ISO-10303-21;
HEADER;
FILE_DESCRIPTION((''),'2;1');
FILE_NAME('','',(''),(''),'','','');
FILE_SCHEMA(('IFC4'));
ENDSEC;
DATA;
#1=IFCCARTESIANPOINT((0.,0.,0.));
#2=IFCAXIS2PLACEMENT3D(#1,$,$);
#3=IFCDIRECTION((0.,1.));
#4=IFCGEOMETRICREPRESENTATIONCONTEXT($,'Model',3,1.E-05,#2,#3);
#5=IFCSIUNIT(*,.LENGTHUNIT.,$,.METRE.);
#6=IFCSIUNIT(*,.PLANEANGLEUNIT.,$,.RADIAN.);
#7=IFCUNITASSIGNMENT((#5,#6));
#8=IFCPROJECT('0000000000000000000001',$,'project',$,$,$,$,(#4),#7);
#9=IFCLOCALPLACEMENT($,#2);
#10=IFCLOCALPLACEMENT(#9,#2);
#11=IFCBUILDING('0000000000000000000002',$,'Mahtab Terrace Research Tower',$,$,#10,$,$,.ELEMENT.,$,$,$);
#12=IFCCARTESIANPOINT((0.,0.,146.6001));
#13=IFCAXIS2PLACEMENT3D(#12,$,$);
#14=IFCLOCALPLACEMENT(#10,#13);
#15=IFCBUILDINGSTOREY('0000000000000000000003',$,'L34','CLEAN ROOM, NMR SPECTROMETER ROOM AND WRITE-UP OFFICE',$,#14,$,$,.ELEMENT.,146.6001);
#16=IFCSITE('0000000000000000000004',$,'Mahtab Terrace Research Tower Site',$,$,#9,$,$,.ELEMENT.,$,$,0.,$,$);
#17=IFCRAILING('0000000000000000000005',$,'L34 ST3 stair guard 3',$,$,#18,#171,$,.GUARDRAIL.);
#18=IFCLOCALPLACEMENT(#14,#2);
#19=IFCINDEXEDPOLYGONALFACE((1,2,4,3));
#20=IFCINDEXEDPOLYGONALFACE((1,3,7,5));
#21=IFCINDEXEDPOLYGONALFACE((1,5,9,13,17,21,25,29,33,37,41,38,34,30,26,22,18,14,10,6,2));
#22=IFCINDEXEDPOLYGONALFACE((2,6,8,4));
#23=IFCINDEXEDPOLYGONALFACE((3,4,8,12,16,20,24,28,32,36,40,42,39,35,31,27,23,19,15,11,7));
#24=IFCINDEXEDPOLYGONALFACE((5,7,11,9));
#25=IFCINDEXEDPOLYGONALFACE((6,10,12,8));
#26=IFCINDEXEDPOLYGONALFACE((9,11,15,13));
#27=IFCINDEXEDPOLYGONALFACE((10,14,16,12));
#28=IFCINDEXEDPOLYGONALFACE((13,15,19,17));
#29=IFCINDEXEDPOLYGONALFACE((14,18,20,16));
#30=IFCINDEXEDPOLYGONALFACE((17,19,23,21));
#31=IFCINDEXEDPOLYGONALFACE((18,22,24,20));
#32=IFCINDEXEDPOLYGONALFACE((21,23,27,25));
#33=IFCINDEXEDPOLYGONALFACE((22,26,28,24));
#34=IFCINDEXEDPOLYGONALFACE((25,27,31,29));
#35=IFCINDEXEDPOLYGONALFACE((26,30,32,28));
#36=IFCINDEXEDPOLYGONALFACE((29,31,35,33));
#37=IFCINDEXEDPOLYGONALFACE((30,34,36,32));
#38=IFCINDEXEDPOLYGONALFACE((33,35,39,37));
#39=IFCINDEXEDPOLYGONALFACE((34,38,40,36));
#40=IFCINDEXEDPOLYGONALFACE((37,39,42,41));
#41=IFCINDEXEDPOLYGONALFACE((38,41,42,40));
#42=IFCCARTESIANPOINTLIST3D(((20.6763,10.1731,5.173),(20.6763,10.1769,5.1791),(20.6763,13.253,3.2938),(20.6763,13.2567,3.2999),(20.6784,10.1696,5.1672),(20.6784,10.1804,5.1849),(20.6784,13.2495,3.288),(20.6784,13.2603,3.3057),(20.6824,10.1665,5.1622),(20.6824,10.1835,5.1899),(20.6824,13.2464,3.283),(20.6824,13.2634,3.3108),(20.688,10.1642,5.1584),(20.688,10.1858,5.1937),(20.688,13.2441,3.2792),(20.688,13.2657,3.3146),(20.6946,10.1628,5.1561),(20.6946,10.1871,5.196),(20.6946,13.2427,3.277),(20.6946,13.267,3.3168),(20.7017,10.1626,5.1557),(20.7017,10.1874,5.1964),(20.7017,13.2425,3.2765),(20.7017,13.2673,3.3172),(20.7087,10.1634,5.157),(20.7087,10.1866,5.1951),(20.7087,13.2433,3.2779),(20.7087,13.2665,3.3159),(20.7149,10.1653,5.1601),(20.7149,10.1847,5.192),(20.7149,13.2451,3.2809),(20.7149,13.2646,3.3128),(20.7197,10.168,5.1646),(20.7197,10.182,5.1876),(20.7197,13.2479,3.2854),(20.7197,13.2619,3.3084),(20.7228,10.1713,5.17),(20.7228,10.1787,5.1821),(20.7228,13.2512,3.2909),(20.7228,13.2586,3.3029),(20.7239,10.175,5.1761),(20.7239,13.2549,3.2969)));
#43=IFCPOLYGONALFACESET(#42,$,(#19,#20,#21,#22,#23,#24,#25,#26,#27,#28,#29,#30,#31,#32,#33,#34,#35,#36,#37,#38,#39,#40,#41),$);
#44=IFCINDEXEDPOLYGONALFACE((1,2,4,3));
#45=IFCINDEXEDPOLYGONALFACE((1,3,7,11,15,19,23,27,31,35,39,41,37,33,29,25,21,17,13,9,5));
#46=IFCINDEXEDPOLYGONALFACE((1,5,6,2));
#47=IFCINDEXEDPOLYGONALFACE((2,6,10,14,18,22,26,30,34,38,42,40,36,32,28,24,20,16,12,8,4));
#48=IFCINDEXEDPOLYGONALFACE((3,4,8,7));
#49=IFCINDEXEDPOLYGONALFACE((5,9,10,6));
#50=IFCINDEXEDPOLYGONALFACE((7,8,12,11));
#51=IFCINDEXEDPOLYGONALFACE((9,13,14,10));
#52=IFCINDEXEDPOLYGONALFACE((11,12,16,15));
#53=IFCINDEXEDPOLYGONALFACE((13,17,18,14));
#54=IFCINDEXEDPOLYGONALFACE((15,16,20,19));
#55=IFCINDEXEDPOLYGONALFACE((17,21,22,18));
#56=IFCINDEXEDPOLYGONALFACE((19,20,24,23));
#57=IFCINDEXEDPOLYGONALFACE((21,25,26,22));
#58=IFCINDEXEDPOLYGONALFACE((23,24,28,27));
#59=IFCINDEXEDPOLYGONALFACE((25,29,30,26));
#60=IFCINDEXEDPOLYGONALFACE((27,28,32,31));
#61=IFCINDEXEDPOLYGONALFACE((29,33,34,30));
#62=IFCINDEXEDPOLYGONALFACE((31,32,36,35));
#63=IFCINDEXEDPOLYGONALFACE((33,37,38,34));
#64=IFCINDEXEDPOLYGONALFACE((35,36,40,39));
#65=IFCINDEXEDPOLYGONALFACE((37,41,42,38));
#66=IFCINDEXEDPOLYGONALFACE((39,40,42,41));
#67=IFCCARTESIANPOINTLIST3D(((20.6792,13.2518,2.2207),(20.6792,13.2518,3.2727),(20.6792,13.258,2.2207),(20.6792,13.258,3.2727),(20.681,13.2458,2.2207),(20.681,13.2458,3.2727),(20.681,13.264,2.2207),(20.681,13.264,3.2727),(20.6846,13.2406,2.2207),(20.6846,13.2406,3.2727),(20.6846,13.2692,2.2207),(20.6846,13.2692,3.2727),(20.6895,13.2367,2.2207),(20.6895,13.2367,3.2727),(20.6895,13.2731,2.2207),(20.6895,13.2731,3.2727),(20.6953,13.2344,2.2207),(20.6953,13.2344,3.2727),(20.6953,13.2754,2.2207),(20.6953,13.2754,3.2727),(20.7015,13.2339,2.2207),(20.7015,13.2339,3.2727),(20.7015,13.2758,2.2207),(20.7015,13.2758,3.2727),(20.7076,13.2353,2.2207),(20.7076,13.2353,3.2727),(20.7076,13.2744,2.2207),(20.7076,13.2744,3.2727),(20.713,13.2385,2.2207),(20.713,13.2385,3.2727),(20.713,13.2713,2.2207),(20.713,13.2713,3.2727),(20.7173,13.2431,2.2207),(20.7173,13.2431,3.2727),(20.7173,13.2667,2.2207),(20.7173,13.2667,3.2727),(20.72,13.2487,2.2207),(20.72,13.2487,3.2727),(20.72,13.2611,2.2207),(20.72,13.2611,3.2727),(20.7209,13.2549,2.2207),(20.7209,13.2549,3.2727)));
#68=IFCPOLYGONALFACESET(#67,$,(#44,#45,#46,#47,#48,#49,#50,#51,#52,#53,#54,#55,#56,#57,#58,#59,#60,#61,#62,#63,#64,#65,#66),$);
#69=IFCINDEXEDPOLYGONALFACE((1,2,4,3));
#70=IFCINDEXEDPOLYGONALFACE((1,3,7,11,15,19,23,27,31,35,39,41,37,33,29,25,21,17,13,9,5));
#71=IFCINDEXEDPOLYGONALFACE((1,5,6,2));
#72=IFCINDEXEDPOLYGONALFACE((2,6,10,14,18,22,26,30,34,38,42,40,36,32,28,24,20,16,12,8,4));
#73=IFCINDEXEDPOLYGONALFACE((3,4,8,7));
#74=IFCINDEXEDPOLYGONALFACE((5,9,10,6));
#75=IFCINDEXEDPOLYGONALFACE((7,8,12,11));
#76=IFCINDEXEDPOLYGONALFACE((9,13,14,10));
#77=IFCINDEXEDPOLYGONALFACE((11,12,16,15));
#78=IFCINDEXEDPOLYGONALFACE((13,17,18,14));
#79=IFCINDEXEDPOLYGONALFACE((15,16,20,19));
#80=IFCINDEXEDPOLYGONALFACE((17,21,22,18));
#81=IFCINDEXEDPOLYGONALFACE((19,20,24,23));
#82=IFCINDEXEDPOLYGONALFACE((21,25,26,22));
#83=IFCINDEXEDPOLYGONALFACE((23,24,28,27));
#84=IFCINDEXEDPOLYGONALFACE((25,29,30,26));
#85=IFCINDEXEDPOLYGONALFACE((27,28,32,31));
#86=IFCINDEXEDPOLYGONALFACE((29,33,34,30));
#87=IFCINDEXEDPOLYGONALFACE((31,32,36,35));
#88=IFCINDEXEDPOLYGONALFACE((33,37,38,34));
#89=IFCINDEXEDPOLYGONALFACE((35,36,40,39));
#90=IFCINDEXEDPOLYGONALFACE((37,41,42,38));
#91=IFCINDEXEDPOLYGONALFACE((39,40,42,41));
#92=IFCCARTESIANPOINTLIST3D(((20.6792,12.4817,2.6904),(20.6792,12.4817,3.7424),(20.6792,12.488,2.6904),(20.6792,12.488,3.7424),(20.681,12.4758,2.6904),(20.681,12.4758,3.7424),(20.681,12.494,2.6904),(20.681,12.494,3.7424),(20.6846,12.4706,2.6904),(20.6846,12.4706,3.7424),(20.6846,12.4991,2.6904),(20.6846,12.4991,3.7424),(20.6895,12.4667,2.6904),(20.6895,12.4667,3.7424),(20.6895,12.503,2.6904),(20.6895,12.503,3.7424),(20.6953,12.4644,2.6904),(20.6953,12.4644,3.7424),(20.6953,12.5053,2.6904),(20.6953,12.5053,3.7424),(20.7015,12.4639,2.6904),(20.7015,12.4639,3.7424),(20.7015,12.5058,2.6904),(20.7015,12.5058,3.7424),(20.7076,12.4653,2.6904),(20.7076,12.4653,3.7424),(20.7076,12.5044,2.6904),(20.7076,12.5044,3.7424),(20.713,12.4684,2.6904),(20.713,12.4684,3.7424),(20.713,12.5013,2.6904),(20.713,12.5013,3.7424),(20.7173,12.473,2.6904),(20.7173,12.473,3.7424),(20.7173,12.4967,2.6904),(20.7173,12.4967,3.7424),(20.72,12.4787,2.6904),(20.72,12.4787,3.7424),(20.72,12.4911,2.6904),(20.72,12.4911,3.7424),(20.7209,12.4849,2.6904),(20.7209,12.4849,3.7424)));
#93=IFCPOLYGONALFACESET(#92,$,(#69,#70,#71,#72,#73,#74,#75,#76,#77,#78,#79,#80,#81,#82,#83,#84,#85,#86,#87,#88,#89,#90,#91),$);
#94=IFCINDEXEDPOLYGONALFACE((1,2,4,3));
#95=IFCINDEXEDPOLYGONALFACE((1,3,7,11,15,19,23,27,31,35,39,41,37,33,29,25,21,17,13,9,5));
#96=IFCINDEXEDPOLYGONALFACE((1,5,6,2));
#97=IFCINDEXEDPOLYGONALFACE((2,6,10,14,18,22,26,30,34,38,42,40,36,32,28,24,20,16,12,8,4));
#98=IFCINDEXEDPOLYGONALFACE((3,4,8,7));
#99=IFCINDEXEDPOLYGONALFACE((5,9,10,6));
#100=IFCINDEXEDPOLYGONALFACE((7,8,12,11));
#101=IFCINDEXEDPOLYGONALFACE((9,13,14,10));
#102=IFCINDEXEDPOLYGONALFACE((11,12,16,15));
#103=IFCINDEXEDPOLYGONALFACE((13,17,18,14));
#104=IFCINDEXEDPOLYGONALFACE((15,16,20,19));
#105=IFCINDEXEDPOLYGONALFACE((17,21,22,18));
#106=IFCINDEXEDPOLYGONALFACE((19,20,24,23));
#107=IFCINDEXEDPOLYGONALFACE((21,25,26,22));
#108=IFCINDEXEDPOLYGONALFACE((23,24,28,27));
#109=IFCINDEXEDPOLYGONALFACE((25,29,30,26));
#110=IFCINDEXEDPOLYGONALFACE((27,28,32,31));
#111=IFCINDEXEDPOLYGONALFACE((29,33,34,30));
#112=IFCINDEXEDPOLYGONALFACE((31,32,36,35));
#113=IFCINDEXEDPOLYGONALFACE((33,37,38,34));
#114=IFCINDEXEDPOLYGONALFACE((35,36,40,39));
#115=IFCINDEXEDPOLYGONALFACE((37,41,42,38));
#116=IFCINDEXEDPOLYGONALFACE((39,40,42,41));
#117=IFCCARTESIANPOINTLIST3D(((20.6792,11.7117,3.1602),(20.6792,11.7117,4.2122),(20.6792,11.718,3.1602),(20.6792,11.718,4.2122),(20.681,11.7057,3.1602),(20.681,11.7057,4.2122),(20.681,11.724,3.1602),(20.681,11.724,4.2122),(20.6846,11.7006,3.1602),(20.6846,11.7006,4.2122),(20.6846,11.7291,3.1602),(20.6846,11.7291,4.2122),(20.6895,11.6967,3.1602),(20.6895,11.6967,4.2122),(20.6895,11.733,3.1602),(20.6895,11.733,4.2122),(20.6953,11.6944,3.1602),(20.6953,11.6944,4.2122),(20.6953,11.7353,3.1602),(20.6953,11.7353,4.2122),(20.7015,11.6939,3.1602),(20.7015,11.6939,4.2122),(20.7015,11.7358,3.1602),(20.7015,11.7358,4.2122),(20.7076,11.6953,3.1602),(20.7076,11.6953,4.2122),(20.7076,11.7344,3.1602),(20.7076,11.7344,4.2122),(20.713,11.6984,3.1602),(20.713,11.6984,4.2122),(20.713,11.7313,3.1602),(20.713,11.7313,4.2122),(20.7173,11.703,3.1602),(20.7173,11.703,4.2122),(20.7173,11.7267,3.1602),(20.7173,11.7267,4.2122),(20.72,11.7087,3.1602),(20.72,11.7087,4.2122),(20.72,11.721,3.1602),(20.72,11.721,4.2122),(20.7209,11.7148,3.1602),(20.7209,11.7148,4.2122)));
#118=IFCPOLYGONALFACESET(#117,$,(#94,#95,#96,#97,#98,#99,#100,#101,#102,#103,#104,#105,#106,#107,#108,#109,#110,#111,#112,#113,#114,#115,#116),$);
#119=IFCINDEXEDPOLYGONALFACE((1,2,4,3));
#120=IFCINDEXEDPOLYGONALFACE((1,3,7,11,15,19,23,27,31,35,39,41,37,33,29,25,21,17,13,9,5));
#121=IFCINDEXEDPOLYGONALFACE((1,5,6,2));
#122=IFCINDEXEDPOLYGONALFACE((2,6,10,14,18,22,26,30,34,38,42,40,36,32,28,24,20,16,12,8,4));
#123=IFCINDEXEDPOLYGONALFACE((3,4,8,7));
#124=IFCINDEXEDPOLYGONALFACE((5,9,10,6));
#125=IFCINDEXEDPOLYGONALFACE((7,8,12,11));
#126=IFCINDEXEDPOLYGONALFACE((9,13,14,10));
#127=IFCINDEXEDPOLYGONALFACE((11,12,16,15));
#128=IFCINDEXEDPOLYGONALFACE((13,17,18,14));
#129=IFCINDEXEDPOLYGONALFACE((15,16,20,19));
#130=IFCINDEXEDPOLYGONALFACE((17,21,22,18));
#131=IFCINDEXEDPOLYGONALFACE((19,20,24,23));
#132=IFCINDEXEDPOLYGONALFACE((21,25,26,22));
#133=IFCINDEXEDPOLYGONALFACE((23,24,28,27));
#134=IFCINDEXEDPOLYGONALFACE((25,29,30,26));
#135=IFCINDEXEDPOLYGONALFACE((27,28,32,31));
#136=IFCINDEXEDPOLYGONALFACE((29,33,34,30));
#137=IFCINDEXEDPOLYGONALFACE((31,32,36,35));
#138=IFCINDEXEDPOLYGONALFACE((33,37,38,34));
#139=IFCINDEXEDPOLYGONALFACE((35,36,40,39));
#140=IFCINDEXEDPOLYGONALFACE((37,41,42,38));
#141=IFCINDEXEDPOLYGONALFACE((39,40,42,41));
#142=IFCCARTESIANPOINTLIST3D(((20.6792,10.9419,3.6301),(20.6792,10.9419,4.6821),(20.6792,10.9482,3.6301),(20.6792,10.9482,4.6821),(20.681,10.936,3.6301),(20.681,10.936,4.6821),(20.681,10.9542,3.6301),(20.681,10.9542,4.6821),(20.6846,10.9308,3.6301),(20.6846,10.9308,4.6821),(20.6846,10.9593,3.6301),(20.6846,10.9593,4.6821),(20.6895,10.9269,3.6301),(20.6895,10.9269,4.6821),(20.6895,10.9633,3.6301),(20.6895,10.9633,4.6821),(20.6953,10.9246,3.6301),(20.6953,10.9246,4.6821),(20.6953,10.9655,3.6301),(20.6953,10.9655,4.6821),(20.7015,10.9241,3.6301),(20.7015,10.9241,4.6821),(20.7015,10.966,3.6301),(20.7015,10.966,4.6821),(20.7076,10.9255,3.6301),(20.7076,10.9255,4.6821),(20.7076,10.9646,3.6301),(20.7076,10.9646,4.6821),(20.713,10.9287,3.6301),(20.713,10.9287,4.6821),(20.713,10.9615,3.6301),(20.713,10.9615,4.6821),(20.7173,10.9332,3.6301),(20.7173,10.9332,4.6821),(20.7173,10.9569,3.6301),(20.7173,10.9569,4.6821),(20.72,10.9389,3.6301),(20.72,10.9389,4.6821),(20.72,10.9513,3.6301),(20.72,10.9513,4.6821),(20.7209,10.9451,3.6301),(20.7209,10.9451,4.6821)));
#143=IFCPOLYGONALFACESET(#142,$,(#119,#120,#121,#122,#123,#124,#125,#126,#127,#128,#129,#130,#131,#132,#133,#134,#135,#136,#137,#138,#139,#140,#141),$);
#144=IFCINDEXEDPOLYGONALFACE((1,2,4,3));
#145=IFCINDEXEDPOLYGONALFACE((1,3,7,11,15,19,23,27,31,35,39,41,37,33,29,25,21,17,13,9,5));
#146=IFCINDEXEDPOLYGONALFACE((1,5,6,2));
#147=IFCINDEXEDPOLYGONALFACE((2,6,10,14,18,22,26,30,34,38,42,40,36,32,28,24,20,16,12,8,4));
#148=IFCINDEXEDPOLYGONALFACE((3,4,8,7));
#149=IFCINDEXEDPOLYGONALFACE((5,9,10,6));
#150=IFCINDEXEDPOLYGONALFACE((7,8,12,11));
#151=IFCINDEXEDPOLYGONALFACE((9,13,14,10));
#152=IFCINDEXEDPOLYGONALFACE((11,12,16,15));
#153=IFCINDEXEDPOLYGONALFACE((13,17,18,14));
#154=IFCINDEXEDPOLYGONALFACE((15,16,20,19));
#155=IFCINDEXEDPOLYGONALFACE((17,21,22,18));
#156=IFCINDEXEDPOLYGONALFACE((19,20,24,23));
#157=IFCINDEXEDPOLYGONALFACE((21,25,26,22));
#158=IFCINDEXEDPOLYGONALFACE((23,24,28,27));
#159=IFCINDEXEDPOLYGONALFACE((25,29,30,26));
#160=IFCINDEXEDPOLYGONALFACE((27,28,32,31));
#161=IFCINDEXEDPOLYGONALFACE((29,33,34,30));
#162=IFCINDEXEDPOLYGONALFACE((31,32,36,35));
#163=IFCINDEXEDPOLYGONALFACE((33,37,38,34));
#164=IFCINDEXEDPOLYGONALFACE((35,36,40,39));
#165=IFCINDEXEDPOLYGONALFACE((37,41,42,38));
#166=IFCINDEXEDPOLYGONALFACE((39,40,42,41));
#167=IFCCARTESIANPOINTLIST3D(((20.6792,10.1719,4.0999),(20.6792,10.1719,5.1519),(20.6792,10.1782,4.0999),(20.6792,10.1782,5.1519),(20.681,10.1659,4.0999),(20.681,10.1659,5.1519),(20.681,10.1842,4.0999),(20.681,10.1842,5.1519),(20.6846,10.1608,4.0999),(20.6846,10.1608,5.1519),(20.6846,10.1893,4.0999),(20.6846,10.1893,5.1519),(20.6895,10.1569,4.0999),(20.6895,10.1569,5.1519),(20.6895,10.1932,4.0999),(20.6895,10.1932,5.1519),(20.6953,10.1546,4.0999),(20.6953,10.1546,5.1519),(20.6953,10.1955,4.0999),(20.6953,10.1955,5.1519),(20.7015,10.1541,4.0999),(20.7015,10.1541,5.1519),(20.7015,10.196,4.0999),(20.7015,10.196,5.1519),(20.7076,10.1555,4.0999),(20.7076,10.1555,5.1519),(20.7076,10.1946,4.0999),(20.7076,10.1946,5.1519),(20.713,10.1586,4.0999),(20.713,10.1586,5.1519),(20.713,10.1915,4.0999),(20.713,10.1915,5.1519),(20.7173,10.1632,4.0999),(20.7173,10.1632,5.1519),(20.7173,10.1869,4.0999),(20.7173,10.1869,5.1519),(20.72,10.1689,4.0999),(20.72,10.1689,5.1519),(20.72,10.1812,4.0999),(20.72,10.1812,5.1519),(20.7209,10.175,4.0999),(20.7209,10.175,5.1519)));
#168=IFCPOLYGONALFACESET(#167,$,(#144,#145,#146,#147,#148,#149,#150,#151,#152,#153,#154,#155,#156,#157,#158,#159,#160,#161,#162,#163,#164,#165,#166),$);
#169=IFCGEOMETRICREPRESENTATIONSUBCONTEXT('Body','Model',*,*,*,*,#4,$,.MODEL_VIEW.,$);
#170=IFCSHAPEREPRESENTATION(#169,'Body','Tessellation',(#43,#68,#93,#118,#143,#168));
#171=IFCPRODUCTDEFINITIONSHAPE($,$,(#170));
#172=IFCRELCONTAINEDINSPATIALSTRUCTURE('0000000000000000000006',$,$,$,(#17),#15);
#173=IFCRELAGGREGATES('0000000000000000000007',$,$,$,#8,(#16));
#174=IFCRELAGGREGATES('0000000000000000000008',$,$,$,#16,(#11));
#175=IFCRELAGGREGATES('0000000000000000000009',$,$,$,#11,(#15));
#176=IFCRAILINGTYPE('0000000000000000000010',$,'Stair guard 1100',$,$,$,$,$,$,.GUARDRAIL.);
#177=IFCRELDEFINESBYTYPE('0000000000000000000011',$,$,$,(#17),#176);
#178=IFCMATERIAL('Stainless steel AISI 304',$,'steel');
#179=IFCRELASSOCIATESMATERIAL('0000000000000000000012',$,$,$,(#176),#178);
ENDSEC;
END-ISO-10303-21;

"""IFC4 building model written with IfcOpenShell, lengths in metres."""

from ifc_helpers import new_model, si_unit, direction, frame, origin, origin_2d, place, context, subcontext, project, spatial, circle, extrude, material, type_object, element, save


model = new_model("IFC4")

# Units and contexts
model_context = context("Model", 3, precision=1e-05, world=origin(), true_north=direction((0.0, 1.0)))
body_context = subcontext(model_context, "Body", "Model", "MODEL_VIEW")
ifc_project = project(units=[si_unit("LENGTHUNIT", "METRE"), si_unit("PLANEANGLEUNIT", "RADIAN")], contexts=[model_context])

# Site, building, storey
site_placement = place(None, origin())
site = spatial("IfcSite", under=ifc_project, at=site_placement, Name="Mahtab Terrace Research Tower Site", CompositionType="ELEMENT", RefElevation=0.0)
building_placement = place(site_placement, origin())
building = spatial("IfcBuilding", under=site, at=building_placement, Name="Mahtab Terrace Research Tower", CompositionType="ELEMENT")
storey_placement = place(building_placement, frame((0.0, 0.0, 146.6001)))
storey = spatial("IfcBuildingStorey", under=building, at=storey_placement, Name="L34", Description="CLEAN ROOM, NMR SPECTROMETER ROOM AND WRITE-UP OFFICE", CompositionType="ELEMENT", Elevation=146.6001)

# Railing
ifc_material_1 = material(Name="Stainless steel AISI 304", Category="steel")
railing_type_1 = type_object("IfcRailingType", Name="Stair guard 1100", PredefinedType="GUARDRAIL", material=ifc_material_1)
railing_1_placement = place(storey_placement, frame((20.7, 13.2549, 2.2207)))
element("IfcRailing", 1, at=railing_1_placement, inside=storey, type_object=railing_type_1, Name="L34 ST3 stair guard 3", PredefinedType="GUARDRAIL", context=body_context, shape_type="SweptSolid", body=[
    extrude(circle(Radius=0.0239, at=origin_2d()), frame((0.0, 0.0, 1.0762), z_axis=(0.0, -0.853648, 0.52085), x_axis=(1.0, 0.0, 0.0)), (0.0, 0.0, 1.0), 3.6079),
    extrude(circle(Radius=0.021, at=origin_2d()), origin(), (0.0, 0.0, 1.0), 1.052),
    extrude(circle(Radius=0.021, at=origin_2d()), frame((0.0, -0.77, 0.4697)), (0.0, 0.0, 1.0), 1.052),
    extrude(circle(Radius=0.021, at=origin_2d()), frame((0.0, -1.54, 0.9395)), (0.0, 0.0, 1.0), 1.052),
    extrude(circle(Radius=0.021, at=origin_2d()), frame((0.0, -2.3098, 1.4094)), (0.0, 0.0, 1.0), 1.052),
    extrude(circle(Radius=0.021, at=origin_2d()), frame((0.0, -3.0798, 1.8792)), (0.0, 0.0, 1.0), 1.052),
])

save(model, "model.ifc")
